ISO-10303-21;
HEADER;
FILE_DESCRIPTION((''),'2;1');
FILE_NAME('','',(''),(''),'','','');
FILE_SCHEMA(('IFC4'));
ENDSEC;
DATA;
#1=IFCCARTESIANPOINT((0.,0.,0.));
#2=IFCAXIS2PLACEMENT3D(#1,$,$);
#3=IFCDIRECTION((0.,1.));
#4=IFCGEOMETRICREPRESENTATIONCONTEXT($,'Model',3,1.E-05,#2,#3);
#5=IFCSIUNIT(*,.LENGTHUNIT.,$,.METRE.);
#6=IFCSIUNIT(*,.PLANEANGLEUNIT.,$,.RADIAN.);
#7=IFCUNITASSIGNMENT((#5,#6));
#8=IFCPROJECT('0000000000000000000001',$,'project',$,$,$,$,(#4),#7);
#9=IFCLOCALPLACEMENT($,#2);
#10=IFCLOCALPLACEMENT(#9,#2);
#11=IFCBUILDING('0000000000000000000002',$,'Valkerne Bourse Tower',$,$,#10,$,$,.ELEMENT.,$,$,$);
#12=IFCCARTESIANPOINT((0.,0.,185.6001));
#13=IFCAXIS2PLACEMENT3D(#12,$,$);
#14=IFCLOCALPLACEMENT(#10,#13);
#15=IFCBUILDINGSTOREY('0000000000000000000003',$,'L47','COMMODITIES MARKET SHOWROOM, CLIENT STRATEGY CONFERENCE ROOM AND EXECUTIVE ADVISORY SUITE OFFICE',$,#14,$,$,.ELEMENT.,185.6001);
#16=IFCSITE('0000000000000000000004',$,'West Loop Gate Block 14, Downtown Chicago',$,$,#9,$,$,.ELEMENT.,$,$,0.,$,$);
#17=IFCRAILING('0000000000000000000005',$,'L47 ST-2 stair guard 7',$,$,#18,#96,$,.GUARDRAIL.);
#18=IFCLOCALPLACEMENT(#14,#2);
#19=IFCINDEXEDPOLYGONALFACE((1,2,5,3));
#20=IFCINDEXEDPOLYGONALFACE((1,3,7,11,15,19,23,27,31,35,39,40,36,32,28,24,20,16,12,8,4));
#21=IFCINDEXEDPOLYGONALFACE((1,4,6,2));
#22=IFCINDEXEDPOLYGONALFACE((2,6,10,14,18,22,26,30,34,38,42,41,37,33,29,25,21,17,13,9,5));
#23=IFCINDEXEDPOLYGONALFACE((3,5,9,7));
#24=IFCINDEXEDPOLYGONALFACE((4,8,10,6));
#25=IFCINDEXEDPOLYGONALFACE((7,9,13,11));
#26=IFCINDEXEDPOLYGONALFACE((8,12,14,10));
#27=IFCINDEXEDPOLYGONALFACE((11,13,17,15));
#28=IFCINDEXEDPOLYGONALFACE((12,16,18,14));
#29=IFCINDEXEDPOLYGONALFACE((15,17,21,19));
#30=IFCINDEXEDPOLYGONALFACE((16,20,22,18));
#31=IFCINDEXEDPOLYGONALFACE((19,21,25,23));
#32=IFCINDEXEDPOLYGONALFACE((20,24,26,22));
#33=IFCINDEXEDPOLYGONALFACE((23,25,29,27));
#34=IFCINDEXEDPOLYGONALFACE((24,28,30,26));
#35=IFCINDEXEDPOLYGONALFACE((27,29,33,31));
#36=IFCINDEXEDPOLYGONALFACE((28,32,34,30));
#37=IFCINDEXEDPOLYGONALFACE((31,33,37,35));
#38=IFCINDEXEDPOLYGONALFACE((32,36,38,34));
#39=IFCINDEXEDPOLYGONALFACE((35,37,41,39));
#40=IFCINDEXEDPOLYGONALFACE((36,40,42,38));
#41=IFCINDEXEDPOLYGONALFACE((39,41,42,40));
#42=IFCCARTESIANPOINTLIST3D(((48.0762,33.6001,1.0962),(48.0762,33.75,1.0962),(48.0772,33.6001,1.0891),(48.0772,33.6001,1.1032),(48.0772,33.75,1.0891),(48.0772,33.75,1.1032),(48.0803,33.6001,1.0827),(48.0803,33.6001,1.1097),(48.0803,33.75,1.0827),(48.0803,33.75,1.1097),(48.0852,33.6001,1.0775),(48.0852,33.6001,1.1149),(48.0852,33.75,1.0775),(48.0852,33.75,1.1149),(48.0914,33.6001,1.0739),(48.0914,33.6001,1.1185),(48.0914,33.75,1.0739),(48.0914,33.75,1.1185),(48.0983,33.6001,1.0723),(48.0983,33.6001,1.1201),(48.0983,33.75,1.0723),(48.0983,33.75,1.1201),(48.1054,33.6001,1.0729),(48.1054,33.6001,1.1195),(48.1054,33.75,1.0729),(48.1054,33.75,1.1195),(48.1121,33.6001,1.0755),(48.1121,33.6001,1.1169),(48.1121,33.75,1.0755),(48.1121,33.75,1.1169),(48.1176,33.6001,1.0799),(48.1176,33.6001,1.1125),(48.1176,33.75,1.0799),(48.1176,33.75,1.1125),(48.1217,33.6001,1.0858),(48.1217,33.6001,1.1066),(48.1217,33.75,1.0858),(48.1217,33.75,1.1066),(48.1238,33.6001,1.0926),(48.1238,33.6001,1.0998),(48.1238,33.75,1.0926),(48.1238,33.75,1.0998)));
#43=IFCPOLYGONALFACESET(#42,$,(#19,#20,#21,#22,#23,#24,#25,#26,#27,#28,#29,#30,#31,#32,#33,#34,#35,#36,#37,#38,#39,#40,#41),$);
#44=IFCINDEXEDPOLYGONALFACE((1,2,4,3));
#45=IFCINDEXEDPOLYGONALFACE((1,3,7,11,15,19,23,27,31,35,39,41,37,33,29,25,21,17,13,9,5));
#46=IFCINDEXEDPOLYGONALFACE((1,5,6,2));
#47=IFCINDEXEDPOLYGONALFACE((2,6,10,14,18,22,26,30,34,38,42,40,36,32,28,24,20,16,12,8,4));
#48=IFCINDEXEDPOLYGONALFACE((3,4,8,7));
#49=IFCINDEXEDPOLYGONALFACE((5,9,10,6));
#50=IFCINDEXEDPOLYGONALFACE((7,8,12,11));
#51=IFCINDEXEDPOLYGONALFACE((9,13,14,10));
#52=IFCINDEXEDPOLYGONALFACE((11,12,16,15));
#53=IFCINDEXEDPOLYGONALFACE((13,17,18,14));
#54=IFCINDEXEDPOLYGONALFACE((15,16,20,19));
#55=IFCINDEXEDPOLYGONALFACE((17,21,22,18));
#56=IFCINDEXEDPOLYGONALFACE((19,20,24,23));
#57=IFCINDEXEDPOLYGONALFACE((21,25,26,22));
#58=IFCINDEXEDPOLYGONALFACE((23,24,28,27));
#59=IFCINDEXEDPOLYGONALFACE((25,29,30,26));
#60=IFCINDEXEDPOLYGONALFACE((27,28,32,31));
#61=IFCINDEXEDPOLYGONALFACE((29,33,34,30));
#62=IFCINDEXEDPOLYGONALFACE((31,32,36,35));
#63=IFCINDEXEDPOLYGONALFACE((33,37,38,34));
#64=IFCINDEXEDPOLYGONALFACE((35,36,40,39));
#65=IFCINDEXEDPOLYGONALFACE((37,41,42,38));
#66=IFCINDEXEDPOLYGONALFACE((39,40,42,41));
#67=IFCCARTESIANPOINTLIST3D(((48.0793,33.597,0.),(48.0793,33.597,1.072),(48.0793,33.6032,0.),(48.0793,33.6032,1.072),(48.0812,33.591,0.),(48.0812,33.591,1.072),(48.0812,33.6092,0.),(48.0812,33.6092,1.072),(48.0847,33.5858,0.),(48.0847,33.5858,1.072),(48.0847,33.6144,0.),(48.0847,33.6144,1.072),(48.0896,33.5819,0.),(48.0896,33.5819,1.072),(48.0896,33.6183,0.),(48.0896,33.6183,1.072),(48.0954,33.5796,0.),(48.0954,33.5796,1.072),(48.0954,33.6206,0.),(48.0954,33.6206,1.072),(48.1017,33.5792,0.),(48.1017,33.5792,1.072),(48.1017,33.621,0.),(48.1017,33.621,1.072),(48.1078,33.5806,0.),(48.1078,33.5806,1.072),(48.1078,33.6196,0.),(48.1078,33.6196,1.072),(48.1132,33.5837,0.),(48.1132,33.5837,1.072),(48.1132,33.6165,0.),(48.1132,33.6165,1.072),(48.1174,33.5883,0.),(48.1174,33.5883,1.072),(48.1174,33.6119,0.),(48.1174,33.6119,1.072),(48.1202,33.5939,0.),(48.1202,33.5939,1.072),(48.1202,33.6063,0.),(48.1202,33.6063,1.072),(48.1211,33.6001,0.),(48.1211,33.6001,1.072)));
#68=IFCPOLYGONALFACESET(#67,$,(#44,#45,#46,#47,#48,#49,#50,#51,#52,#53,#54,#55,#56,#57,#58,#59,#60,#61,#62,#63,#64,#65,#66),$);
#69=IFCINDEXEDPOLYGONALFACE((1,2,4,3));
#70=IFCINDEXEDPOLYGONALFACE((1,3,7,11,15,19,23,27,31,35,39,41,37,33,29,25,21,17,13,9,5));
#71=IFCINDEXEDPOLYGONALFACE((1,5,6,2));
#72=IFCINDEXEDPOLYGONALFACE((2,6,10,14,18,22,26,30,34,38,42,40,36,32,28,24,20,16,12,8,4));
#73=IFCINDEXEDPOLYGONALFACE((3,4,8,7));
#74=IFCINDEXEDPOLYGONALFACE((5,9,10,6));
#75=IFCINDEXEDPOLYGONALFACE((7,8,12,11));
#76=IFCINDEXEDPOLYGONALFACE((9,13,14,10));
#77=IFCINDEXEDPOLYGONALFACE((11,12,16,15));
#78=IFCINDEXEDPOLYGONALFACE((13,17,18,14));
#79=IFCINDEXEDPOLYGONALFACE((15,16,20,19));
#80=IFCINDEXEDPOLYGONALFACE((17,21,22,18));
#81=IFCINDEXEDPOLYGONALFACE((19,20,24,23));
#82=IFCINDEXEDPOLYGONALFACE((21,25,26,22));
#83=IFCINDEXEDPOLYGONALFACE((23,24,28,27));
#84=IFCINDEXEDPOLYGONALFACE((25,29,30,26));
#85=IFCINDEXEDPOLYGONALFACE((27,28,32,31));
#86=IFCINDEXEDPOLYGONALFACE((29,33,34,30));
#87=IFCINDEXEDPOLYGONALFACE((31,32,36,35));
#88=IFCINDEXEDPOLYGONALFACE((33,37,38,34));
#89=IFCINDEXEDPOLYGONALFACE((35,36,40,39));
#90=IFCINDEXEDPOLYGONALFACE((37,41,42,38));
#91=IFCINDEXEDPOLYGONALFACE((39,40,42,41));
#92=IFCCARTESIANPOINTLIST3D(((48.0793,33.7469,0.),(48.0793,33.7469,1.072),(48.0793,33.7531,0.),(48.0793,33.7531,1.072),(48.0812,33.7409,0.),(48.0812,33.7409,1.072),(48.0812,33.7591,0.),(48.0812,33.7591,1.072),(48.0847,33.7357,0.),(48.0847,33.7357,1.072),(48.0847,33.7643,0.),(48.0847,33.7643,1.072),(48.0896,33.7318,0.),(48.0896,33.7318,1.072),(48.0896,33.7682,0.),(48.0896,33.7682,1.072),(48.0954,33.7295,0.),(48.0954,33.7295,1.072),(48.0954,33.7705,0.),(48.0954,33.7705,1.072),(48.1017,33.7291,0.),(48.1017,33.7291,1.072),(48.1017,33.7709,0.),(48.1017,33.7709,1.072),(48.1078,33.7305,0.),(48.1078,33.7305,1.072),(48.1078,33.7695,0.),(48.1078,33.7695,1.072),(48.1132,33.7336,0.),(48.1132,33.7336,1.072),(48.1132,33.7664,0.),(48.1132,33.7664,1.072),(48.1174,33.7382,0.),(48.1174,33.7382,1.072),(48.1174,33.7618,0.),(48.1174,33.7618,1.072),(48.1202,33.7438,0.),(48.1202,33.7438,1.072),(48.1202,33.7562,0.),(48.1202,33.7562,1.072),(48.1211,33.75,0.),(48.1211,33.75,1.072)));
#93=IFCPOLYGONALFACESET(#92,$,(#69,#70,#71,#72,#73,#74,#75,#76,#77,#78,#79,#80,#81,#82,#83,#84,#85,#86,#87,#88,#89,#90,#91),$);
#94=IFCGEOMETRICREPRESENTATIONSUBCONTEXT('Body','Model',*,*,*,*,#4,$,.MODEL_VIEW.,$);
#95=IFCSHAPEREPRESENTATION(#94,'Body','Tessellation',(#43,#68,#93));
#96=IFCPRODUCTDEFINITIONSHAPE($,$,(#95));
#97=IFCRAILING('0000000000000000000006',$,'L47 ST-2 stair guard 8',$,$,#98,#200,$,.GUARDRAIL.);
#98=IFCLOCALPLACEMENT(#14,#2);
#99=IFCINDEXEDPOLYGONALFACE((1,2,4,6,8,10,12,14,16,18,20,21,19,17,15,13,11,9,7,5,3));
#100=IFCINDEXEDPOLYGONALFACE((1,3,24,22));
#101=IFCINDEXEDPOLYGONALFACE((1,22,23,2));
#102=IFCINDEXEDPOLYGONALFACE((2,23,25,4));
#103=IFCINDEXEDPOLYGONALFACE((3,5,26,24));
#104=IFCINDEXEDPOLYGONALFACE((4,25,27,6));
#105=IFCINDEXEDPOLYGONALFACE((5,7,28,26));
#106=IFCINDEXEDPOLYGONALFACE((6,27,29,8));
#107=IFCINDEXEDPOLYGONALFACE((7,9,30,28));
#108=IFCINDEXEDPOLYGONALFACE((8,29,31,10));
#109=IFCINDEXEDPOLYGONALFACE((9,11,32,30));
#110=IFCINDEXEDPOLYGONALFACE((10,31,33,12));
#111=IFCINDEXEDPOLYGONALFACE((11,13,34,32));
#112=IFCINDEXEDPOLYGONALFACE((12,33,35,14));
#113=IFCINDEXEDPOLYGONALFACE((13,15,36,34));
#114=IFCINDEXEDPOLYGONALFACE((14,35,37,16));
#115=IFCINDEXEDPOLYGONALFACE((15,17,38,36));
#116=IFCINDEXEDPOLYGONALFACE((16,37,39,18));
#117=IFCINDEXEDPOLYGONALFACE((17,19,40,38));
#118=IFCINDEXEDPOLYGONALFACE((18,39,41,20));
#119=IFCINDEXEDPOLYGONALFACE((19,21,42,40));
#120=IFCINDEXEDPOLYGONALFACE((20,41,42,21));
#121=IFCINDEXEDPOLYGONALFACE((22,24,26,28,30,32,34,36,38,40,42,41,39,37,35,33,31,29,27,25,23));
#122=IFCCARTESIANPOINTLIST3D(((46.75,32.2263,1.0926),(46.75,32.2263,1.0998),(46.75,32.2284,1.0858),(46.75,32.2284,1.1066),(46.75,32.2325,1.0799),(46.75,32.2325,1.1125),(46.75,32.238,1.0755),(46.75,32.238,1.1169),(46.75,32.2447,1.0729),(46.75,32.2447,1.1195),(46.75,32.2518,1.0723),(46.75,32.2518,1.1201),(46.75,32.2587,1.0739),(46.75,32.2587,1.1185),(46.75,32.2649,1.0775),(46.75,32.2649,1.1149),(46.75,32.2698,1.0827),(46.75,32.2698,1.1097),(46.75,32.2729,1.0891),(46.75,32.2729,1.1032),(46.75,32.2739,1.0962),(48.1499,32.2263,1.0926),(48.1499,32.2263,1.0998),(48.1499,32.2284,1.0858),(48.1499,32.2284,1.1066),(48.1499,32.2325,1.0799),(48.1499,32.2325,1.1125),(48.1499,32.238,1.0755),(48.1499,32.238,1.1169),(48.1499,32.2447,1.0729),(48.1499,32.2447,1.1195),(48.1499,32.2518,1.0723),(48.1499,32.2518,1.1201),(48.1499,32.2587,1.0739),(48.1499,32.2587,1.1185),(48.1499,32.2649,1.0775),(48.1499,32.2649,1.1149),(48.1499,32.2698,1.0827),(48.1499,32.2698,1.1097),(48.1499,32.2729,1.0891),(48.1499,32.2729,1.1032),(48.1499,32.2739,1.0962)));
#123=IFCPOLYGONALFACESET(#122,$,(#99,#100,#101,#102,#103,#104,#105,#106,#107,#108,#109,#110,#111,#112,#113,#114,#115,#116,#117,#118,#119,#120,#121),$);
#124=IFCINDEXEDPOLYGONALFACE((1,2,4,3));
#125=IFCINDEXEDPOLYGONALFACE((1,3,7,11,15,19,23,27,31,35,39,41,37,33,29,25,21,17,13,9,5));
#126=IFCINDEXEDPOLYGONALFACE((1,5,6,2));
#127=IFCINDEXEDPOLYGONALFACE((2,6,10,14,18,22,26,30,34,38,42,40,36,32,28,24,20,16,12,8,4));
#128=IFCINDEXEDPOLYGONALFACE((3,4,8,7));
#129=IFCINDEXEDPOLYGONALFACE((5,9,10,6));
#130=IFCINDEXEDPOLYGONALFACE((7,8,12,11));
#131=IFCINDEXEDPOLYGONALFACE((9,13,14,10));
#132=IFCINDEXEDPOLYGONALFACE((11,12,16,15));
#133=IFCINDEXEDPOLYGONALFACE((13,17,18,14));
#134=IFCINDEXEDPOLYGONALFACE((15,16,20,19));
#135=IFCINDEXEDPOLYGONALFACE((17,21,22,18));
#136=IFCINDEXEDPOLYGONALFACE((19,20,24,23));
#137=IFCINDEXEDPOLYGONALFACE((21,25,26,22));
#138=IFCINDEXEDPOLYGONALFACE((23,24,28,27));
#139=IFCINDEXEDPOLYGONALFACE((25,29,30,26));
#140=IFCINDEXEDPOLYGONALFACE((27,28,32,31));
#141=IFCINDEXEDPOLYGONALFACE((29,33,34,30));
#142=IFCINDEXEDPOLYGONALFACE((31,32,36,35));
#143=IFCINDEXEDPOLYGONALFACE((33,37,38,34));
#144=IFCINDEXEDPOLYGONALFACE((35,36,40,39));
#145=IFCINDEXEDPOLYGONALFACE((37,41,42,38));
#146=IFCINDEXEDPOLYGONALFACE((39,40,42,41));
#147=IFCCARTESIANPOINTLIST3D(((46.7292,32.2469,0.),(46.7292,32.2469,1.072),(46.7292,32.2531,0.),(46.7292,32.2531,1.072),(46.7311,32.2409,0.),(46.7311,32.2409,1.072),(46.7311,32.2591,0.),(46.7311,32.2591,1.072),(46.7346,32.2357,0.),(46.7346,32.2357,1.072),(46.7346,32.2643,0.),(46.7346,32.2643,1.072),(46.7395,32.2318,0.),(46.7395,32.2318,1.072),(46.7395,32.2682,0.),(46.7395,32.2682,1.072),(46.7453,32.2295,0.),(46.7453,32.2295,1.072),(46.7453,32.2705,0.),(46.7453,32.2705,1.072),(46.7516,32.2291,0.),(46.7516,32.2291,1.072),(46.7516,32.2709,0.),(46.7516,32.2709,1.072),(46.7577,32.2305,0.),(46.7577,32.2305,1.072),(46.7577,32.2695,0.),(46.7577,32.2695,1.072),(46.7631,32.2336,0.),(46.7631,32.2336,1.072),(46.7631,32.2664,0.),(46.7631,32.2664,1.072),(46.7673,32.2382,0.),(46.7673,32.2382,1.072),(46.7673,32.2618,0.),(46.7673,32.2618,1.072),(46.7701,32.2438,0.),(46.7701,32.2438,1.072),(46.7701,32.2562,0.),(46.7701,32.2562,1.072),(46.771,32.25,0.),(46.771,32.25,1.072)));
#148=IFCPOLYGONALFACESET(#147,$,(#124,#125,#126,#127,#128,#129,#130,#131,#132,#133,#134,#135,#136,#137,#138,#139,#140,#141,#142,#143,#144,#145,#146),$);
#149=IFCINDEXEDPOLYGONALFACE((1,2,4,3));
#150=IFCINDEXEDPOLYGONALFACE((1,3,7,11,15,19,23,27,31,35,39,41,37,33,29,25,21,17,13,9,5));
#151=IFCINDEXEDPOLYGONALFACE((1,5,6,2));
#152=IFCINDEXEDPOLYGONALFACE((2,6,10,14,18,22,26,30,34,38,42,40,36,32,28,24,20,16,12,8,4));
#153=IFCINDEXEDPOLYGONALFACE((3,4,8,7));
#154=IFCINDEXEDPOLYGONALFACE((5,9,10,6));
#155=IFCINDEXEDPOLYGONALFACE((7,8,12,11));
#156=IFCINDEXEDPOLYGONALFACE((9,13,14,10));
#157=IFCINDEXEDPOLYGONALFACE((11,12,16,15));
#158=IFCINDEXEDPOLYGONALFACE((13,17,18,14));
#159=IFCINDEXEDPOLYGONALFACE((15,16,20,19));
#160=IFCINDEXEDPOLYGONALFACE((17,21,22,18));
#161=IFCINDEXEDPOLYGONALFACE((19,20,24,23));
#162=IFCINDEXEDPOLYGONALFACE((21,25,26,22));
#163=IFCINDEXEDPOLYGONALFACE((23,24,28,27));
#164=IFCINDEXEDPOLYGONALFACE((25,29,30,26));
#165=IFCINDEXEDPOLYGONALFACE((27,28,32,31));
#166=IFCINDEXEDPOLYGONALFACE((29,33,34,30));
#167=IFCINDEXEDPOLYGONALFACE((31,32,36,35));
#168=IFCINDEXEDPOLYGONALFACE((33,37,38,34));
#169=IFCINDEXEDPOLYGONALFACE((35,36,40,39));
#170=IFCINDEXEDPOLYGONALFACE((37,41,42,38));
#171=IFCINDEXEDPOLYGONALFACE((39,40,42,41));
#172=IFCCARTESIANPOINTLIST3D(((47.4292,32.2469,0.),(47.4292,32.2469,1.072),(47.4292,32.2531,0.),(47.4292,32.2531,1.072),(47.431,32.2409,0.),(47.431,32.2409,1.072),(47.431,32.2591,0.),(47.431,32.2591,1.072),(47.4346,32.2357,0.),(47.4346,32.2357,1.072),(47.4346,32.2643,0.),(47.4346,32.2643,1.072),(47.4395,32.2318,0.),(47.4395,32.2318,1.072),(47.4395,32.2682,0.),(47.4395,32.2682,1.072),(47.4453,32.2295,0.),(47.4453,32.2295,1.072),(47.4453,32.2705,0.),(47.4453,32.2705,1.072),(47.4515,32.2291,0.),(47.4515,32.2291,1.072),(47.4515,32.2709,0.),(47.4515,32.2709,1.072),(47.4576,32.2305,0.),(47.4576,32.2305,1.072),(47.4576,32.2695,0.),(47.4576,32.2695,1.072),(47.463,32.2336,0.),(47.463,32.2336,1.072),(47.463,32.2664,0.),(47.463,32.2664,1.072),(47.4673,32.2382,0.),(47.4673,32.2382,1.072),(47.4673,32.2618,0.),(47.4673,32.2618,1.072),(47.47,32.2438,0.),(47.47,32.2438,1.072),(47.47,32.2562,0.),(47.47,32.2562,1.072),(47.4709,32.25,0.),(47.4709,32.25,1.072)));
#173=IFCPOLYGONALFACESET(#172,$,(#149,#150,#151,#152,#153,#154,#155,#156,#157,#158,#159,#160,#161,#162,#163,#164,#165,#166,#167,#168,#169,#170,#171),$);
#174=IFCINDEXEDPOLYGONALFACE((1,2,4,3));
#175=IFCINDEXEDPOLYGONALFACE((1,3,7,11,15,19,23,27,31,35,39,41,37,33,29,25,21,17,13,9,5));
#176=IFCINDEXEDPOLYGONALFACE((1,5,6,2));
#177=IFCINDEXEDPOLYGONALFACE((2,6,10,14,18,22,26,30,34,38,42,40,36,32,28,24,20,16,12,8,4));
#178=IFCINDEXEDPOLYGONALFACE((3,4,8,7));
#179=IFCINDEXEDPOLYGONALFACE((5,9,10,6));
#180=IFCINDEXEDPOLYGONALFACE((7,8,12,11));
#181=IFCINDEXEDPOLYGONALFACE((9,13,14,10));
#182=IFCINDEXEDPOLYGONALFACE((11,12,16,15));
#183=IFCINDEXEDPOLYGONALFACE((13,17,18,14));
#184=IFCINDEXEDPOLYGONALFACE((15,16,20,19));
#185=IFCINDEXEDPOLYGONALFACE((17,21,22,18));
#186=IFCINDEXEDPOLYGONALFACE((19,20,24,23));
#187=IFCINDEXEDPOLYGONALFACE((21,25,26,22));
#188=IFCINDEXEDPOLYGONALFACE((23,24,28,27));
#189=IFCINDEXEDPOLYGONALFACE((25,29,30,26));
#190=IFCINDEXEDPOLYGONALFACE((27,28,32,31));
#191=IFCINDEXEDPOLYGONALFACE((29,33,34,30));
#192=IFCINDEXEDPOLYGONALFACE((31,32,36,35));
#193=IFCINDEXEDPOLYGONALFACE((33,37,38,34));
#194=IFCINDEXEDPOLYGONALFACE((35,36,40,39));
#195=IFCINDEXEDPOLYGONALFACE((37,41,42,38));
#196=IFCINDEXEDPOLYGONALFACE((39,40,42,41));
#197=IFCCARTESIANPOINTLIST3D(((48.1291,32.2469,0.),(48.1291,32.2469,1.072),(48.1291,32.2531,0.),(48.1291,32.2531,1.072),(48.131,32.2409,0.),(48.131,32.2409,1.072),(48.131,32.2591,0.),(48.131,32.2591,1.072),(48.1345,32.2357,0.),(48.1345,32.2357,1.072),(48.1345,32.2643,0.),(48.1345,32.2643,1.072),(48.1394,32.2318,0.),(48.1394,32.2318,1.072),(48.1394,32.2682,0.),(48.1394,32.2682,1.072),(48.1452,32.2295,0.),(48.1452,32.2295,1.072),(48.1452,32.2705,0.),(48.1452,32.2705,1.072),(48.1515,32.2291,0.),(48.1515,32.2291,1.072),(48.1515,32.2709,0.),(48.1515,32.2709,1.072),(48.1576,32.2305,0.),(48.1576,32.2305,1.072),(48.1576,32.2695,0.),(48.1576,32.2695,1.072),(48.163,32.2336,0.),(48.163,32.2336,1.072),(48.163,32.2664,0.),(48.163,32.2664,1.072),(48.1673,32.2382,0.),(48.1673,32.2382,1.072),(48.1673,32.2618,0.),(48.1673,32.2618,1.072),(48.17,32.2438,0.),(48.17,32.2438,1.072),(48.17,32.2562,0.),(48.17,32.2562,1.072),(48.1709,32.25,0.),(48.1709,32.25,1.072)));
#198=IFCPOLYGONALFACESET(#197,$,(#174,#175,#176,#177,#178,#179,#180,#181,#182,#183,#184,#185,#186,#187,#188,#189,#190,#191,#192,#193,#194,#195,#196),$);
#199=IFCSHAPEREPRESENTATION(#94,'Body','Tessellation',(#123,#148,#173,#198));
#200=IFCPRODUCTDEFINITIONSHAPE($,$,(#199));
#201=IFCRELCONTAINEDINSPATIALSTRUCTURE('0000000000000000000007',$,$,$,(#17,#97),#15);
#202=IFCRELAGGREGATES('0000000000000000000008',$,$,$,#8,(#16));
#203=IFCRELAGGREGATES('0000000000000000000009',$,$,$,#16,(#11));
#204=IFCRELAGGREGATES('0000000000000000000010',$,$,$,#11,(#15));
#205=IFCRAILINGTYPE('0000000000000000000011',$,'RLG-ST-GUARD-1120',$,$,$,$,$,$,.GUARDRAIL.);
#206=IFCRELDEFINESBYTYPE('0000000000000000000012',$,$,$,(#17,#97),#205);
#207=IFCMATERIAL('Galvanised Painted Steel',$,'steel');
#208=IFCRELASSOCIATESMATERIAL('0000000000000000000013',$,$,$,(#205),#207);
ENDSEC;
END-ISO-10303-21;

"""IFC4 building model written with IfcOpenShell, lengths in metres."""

from ifc_helpers import new_model, si_unit, direction, frame, origin, origin_2d, place, context, subcontext, project, spatial, circle, extrude, material, type_object, element, save


model = new_model("IFC4")

# Units and contexts
model_context = context("Model", 3, precision=1e-05, world=origin(), true_north=direction((0.0, 1.0)))
body_context = subcontext(model_context, "Body", "Model", "MODEL_VIEW")
ifc_project = project(units=[si_unit("LENGTHUNIT", "METRE"), si_unit("PLANEANGLEUNIT", "RADIAN")], contexts=[model_context])

# Site, building, storey
site_placement = place(None, origin())
site = spatial("IfcSite", under=ifc_project, at=site_placement, Name="West Loop Gate Block 14, Downtown Chicago", CompositionType="ELEMENT", RefElevation=0.0)
building_placement = place(site_placement, origin())
building = spatial("IfcBuilding", under=site, at=building_placement, Name="Valkerne Bourse Tower", CompositionType="ELEMENT")
storey_placement = place(building_placement, frame((0.0, 0.0, 185.6001)))
storey = spatial("IfcBuildingStorey", under=building, at=storey_placement, Name="L47", Description="COMMODITIES MARKET SHOWROOM, CLIENT STRATEGY CONFERENCE ROOM AND EXECUTIVE ADVISORY SUITE OFFICE", CompositionType="ELEMENT", Elevation=185.6001)

# Shared definitions
ifc_material_1 = material(Name="Galvanised Painted Steel", Category="steel")

# Railings
railing_type_1 = type_object("IfcRailingType", Name="RLG-ST-GUARD-1120", PredefinedType="GUARDRAIL", material=ifc_material_1)
railing_1_placement = place(storey_placement, frame((48.1001, 33.6001, 0.0)))
element("IfcRailing", 1, at=railing_1_placement, inside=storey, type_object=railing_type_1, Name="L47 ST-2 stair guard 7", PredefinedType="GUARDRAIL", context=body_context, shape_type="SweptSolid", body=[
    extrude(circle(Radius=0.0239, at=origin_2d()), frame((0.0, 0.0, 1.0962), z_axis=(0.0, 1.0, 0.0), x_axis=(-1.0, 0.0, 0.0)), (0.0, 0.0, 1.0), 0.1499),
    extrude(circle(Radius=0.021, at=origin_2d()), origin(), (0.0, 0.0, 1.0), 1.072),
    extrude(circle(Radius=0.021, at=origin_2d()), frame((0.0, 0.1499, 0.0)), (0.0, 0.0, 1.0), 1.072),
])
for number, where, name in (
    (2, (46.75, 32.25, 0.0), "L47 ST-2 stair guard 8"),
):
    element("IfcRailing", number, at=place(storey_placement, frame(where)), inside=storey, type_object=railing_type_1, Name=name, PredefinedType="GUARDRAIL", context=body_context, shape_type="SweptSolid", body=[
        extrude(circle(Radius=0.0239, at=origin_2d()), frame((0.0, 0.0, 1.0962), z_axis=(1.0, 0.0, 0.0), x_axis=(0.0, 1.0, 0.0)), (0.0, 0.0, 1.0), 1.3999),
        extrude(circle(Radius=0.021, at=origin_2d()), origin(), (0.0, 0.0, 1.0), 1.072),
        extrude(circle(Radius=0.021, at=origin_2d()), frame((0.7, 0.0, 0.0)), (0.0, 0.0, 1.0), 1.072),
        extrude(circle(Radius=0.021, at=origin_2d()), frame((1.3999, 0.0, 0.0)), (0.0, 0.0, 1.0), 1.072),
    ])

save(model, "model.ifc")
